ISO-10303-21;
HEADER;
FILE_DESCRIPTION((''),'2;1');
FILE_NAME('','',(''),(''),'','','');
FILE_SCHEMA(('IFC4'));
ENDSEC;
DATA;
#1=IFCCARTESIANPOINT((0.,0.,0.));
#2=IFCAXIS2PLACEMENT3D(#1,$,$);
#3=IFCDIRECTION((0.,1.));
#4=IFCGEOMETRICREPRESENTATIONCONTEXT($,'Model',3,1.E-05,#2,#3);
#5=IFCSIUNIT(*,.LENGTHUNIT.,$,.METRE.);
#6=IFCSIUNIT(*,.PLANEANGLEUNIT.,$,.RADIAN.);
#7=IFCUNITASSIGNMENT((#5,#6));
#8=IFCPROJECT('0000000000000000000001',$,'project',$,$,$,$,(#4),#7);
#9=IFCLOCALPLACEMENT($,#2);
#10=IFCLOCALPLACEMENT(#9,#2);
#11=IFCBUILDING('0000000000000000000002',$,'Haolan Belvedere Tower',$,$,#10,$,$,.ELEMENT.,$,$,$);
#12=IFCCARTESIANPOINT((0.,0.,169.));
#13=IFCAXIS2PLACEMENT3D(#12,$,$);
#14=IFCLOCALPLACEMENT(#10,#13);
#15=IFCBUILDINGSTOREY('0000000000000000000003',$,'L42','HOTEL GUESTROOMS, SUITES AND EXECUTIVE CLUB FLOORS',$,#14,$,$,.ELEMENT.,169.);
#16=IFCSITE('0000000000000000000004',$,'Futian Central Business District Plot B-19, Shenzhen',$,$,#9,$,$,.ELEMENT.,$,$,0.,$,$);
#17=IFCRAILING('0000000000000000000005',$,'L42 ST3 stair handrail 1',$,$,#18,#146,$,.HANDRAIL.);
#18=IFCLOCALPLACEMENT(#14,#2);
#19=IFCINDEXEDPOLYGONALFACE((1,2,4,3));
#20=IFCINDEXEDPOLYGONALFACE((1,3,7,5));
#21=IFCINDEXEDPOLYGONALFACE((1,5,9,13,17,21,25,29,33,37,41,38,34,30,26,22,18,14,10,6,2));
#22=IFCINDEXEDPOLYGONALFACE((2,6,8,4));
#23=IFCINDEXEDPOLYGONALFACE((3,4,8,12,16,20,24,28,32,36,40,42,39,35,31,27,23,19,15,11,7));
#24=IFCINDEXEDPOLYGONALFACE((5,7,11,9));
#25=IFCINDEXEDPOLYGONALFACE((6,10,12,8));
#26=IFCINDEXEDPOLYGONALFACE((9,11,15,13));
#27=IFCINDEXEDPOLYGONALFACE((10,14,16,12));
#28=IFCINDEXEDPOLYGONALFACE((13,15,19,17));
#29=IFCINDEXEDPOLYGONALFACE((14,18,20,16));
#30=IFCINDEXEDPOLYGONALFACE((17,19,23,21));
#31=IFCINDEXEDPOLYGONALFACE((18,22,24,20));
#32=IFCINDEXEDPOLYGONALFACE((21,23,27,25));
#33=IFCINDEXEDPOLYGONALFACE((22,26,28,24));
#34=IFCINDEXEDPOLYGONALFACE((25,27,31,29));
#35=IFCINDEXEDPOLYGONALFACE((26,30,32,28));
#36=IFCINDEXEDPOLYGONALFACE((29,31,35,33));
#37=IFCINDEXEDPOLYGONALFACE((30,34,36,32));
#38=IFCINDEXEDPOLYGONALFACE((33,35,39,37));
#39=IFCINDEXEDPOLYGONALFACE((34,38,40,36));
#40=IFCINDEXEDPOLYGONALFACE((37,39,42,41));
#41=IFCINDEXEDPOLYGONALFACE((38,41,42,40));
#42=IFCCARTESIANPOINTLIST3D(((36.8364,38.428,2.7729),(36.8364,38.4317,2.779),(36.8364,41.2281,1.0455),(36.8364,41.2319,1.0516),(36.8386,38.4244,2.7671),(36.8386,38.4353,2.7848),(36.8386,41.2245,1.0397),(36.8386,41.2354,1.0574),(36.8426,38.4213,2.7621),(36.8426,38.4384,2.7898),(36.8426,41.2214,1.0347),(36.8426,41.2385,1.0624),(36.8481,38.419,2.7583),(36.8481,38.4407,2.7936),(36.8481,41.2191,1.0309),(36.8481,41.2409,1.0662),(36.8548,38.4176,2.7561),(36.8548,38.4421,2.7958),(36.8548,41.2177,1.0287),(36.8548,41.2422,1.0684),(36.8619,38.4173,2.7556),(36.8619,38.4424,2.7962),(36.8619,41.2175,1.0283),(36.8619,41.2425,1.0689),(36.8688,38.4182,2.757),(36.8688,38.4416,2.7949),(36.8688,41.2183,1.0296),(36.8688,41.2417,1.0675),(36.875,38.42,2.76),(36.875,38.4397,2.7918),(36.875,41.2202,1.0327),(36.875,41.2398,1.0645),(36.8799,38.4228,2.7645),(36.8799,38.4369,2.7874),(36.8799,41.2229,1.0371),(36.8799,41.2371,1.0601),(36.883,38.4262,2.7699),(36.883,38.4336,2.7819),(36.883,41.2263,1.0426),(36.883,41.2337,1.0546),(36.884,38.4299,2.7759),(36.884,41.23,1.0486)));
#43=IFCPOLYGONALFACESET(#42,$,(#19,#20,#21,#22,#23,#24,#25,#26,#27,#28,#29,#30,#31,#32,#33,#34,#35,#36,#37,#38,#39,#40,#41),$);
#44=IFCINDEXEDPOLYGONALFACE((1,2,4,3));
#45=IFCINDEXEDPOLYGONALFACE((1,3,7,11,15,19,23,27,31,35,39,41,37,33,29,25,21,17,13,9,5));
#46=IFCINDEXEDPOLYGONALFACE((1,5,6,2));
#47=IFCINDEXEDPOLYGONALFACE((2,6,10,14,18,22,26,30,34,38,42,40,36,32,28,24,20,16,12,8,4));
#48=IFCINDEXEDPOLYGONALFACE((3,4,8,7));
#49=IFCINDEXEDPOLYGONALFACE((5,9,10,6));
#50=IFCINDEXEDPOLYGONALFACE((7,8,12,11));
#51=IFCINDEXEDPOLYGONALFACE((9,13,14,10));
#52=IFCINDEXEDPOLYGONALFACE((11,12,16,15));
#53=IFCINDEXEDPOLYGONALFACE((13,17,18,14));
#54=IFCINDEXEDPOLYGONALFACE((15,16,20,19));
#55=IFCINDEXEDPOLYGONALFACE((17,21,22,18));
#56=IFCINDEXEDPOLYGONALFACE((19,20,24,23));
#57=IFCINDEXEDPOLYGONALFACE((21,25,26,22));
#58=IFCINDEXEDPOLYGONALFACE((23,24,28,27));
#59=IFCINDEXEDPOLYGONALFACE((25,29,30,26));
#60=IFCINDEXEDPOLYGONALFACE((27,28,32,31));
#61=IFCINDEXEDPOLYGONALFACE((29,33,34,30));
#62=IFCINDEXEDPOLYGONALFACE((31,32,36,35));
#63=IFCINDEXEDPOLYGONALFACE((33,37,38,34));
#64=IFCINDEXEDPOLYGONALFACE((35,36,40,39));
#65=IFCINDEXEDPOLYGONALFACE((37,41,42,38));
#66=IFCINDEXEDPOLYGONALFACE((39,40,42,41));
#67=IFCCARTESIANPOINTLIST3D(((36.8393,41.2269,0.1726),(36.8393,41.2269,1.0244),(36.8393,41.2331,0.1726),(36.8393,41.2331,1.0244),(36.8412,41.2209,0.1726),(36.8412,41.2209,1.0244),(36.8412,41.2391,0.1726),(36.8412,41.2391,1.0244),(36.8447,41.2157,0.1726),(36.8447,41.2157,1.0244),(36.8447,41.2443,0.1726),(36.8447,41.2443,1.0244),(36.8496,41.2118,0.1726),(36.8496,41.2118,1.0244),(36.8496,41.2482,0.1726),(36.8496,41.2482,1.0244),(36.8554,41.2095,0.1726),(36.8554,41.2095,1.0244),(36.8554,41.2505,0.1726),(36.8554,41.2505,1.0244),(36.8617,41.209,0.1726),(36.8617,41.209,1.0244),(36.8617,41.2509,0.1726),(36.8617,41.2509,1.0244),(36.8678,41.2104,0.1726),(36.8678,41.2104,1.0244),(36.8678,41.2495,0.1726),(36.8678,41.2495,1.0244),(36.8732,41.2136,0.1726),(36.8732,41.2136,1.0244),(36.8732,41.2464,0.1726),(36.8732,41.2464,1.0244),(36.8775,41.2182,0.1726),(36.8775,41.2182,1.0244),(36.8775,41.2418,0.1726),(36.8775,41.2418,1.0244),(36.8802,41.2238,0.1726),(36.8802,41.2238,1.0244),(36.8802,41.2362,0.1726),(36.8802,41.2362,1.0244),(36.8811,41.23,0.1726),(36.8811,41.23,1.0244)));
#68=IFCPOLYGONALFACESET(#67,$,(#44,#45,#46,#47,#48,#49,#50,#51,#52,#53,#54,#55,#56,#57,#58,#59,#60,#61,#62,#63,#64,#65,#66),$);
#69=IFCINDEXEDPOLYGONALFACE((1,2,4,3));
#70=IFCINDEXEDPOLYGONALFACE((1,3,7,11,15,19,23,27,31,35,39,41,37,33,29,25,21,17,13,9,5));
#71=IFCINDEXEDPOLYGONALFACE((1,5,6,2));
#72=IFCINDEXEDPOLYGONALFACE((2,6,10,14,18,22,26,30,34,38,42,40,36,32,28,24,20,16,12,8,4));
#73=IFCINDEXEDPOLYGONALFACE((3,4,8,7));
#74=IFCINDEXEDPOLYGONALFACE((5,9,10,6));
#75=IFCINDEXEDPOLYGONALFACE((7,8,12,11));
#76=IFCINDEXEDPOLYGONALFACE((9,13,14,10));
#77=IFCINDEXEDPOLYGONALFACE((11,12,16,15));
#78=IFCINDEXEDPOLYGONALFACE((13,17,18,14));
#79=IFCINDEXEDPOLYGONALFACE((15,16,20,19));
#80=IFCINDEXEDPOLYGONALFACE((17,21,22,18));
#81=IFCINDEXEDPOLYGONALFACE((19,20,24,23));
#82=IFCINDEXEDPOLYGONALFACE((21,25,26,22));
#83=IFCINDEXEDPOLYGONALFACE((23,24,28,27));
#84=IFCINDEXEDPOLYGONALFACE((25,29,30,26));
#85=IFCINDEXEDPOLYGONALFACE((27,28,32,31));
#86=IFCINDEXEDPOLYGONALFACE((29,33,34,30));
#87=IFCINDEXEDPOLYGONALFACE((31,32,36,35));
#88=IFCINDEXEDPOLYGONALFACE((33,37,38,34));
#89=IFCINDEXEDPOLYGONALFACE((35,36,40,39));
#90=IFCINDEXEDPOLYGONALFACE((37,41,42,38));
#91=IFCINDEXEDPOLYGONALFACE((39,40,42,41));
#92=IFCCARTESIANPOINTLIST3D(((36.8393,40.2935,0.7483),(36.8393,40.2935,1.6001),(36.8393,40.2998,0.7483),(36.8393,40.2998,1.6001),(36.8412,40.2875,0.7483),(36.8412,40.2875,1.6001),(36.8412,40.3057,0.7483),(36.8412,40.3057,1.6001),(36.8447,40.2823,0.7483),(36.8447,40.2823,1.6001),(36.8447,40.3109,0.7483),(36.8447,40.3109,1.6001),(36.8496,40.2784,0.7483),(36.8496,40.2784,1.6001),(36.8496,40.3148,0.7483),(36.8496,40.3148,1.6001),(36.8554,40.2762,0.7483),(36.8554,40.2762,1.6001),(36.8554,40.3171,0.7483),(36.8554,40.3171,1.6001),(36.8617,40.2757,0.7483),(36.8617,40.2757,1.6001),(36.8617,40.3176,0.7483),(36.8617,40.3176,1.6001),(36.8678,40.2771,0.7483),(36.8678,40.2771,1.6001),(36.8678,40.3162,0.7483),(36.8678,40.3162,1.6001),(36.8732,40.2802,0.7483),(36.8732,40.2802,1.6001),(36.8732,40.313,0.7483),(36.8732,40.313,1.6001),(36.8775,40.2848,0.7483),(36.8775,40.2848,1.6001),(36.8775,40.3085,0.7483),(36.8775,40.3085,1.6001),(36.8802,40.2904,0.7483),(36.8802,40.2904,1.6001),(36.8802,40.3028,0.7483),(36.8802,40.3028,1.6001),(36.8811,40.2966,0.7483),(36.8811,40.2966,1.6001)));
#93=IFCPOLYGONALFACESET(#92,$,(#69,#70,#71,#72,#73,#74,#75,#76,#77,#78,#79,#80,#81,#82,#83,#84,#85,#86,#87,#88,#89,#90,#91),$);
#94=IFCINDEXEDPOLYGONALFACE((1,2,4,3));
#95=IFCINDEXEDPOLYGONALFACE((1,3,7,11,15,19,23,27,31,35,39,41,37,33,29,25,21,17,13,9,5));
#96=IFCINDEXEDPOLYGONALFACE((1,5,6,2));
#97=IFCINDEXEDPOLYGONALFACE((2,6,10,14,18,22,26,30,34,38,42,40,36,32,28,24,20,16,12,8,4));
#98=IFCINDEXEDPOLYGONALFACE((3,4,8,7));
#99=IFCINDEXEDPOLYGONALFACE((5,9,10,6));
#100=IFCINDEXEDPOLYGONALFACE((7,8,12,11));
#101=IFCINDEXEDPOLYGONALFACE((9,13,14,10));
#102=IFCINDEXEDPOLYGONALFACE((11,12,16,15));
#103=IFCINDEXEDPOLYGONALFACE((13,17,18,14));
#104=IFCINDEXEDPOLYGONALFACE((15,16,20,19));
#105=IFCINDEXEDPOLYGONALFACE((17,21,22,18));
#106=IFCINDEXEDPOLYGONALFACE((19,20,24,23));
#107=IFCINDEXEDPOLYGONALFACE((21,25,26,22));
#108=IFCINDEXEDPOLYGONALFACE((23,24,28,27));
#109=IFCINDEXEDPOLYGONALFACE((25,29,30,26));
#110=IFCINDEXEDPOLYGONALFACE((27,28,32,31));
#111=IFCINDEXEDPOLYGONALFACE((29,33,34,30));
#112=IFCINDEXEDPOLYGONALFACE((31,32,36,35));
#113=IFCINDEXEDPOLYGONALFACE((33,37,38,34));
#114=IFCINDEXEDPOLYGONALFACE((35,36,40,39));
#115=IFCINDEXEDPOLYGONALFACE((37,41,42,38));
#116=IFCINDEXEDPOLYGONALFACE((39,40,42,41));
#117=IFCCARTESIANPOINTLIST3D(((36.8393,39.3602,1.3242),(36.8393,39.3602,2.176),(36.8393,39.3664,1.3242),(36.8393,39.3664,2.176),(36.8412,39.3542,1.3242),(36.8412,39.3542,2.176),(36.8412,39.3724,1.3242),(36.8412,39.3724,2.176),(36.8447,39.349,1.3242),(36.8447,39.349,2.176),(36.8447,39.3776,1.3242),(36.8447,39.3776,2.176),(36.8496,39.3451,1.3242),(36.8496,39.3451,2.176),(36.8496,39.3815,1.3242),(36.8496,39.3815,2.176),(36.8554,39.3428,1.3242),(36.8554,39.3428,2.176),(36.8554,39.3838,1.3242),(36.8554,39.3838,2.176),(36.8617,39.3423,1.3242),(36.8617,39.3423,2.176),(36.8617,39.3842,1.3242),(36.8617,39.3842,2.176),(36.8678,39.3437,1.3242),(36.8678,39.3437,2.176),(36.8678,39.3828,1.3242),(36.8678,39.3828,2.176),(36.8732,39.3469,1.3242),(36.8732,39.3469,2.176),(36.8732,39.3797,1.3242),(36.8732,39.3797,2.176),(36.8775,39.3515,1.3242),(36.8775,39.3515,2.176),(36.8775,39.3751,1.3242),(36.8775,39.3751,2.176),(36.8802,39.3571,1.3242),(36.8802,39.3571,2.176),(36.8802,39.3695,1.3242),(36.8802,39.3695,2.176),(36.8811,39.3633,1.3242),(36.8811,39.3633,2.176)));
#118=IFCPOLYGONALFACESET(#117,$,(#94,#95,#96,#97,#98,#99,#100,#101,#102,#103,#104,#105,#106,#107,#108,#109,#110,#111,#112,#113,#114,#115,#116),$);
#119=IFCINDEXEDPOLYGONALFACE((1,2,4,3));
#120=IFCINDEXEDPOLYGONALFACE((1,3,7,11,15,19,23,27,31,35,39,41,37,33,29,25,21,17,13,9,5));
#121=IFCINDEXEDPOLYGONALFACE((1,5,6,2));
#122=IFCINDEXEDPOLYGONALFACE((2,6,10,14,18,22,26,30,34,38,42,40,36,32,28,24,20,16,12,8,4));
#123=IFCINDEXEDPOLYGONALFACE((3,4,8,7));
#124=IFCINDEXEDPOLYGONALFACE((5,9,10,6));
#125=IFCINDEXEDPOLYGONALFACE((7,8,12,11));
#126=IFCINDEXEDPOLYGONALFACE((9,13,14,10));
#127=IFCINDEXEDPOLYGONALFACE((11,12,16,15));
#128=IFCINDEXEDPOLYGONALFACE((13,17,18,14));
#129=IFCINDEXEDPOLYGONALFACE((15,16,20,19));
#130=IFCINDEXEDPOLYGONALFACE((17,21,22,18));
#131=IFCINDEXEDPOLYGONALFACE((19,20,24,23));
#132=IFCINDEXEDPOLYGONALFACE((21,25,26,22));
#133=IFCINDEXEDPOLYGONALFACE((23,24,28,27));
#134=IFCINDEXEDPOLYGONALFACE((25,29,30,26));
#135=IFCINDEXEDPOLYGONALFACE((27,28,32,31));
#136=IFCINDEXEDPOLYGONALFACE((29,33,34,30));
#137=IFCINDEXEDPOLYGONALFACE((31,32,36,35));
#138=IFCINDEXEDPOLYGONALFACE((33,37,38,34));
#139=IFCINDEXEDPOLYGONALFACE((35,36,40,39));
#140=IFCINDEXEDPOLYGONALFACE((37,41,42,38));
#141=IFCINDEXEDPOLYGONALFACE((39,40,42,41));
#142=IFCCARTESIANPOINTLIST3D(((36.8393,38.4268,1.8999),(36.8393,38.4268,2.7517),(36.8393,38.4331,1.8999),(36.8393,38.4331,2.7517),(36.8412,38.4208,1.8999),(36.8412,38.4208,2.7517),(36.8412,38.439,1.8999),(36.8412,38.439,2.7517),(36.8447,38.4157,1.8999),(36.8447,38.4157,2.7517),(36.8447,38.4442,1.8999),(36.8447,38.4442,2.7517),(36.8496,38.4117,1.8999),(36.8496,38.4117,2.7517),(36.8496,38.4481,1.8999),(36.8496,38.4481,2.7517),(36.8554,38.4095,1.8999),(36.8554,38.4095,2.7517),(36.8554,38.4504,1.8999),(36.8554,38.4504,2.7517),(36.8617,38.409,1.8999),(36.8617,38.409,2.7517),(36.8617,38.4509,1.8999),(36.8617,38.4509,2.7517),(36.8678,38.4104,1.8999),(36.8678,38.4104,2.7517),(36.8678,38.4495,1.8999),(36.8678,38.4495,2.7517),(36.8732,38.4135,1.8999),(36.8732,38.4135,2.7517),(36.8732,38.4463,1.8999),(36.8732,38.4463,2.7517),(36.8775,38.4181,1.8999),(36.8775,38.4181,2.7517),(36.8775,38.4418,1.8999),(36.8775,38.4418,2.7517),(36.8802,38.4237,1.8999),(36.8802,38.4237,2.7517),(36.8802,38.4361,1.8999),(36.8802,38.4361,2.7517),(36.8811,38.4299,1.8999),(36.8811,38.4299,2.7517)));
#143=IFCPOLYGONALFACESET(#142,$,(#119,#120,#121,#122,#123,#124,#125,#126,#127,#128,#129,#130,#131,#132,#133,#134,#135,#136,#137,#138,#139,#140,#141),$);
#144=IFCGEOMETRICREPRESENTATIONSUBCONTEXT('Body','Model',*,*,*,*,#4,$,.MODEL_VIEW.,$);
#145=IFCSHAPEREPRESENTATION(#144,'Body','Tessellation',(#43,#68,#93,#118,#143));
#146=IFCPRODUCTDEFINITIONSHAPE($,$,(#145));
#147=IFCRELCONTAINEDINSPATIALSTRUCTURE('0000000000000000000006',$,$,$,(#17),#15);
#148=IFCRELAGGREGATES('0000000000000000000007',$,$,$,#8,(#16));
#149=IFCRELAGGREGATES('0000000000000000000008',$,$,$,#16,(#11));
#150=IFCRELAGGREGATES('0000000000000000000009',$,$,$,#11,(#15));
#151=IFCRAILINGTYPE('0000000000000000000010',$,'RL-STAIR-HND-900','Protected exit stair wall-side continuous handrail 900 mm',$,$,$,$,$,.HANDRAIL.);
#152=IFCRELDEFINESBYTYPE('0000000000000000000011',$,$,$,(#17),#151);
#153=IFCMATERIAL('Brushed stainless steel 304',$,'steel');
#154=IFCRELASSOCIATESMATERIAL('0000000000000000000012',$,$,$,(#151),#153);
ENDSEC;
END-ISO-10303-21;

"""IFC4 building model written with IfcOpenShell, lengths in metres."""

from ifc_helpers import new_model, si_unit, direction, frame, origin, origin_2d, place, context, subcontext, project, spatial, circle, extrude, material, type_object, element, save


model = new_model("IFC4")

# Units and contexts
model_context = context("Model", 3, precision=1e-05, world=origin(), true_north=direction((0.0, 1.0)))
body_context = subcontext(model_context, "Body", "Model", "MODEL_VIEW")
ifc_project = project(units=[si_unit("LENGTHUNIT", "METRE"), si_unit("PLANEANGLEUNIT", "RADIAN")], contexts=[model_context])

# Site, building, storey
site_placement = place(None, origin())
site = spatial("IfcSite", under=ifc_project, at=site_placement, Name="Futian Central Business District Plot B-19, Shenzhen", CompositionType="ELEMENT", RefElevation=0.0)
building_placement = place(site_placement, origin())
building = spatial("IfcBuilding", under=site, at=building_placement, Name="Haolan Belvedere Tower", CompositionType="ELEMENT")
storey_placement = place(building_placement, frame((0.0, 0.0, 169.0)))
storey = spatial("IfcBuildingStorey", under=building, at=storey_placement, Name="L42", Description="HOTEL GUESTROOMS, SUITES AND EXECUTIVE CLUB FLOORS", CompositionType="ELEMENT", Elevation=169.0)

# Railing
ifc_material_1 = material(Name="Brushed stainless steel 304", Category="steel")
railing_type_1 = type_object("IfcRailingType", Name="RL-STAIR-HND-900", Description="Protected exit stair wall-side continuous handrail 900 mm", PredefinedType="HANDRAIL", material=ifc_material_1)
railing_1_placement = place(storey_placement, frame((36.8601, 41.23, 0.1726)))
element("IfcRailing", 1, at=railing_1_placement, inside=storey, type_object=railing_type_1, Name="L42 ST3 stair handrail 1", PredefinedType="HANDRAIL", context=body_context, shape_type="SweptSolid", body=[
    extrude(circle(Radius=0.0239, at=origin_2d()), frame((0.0, 0.0, 0.876), z_axis=(0.0, -0.85109, 0.52502), x_axis=(1.0, 0.0, 0.0)), (0.0, 0.0, 1.0), 3.29),
    extrude(circle(Radius=0.021, at=origin_2d()), origin(), (0.0, 0.0, 1.0), 0.8518),
    extrude(circle(Radius=0.021, at=origin_2d()), frame((0.0, -0.9333, 0.5757)), (0.0, 0.0, 1.0), 0.8518),
    extrude(circle(Radius=0.021, at=origin_2d()), frame((0.0, -1.8667, 1.1516)), (0.0, 0.0, 1.0), 0.8518),
    extrude(circle(Radius=0.021, at=origin_2d()), frame((0.0, -2.8, 1.7273)), (0.0, 0.0, 1.0), 0.8518),
])

save(model, "model.ifc")
